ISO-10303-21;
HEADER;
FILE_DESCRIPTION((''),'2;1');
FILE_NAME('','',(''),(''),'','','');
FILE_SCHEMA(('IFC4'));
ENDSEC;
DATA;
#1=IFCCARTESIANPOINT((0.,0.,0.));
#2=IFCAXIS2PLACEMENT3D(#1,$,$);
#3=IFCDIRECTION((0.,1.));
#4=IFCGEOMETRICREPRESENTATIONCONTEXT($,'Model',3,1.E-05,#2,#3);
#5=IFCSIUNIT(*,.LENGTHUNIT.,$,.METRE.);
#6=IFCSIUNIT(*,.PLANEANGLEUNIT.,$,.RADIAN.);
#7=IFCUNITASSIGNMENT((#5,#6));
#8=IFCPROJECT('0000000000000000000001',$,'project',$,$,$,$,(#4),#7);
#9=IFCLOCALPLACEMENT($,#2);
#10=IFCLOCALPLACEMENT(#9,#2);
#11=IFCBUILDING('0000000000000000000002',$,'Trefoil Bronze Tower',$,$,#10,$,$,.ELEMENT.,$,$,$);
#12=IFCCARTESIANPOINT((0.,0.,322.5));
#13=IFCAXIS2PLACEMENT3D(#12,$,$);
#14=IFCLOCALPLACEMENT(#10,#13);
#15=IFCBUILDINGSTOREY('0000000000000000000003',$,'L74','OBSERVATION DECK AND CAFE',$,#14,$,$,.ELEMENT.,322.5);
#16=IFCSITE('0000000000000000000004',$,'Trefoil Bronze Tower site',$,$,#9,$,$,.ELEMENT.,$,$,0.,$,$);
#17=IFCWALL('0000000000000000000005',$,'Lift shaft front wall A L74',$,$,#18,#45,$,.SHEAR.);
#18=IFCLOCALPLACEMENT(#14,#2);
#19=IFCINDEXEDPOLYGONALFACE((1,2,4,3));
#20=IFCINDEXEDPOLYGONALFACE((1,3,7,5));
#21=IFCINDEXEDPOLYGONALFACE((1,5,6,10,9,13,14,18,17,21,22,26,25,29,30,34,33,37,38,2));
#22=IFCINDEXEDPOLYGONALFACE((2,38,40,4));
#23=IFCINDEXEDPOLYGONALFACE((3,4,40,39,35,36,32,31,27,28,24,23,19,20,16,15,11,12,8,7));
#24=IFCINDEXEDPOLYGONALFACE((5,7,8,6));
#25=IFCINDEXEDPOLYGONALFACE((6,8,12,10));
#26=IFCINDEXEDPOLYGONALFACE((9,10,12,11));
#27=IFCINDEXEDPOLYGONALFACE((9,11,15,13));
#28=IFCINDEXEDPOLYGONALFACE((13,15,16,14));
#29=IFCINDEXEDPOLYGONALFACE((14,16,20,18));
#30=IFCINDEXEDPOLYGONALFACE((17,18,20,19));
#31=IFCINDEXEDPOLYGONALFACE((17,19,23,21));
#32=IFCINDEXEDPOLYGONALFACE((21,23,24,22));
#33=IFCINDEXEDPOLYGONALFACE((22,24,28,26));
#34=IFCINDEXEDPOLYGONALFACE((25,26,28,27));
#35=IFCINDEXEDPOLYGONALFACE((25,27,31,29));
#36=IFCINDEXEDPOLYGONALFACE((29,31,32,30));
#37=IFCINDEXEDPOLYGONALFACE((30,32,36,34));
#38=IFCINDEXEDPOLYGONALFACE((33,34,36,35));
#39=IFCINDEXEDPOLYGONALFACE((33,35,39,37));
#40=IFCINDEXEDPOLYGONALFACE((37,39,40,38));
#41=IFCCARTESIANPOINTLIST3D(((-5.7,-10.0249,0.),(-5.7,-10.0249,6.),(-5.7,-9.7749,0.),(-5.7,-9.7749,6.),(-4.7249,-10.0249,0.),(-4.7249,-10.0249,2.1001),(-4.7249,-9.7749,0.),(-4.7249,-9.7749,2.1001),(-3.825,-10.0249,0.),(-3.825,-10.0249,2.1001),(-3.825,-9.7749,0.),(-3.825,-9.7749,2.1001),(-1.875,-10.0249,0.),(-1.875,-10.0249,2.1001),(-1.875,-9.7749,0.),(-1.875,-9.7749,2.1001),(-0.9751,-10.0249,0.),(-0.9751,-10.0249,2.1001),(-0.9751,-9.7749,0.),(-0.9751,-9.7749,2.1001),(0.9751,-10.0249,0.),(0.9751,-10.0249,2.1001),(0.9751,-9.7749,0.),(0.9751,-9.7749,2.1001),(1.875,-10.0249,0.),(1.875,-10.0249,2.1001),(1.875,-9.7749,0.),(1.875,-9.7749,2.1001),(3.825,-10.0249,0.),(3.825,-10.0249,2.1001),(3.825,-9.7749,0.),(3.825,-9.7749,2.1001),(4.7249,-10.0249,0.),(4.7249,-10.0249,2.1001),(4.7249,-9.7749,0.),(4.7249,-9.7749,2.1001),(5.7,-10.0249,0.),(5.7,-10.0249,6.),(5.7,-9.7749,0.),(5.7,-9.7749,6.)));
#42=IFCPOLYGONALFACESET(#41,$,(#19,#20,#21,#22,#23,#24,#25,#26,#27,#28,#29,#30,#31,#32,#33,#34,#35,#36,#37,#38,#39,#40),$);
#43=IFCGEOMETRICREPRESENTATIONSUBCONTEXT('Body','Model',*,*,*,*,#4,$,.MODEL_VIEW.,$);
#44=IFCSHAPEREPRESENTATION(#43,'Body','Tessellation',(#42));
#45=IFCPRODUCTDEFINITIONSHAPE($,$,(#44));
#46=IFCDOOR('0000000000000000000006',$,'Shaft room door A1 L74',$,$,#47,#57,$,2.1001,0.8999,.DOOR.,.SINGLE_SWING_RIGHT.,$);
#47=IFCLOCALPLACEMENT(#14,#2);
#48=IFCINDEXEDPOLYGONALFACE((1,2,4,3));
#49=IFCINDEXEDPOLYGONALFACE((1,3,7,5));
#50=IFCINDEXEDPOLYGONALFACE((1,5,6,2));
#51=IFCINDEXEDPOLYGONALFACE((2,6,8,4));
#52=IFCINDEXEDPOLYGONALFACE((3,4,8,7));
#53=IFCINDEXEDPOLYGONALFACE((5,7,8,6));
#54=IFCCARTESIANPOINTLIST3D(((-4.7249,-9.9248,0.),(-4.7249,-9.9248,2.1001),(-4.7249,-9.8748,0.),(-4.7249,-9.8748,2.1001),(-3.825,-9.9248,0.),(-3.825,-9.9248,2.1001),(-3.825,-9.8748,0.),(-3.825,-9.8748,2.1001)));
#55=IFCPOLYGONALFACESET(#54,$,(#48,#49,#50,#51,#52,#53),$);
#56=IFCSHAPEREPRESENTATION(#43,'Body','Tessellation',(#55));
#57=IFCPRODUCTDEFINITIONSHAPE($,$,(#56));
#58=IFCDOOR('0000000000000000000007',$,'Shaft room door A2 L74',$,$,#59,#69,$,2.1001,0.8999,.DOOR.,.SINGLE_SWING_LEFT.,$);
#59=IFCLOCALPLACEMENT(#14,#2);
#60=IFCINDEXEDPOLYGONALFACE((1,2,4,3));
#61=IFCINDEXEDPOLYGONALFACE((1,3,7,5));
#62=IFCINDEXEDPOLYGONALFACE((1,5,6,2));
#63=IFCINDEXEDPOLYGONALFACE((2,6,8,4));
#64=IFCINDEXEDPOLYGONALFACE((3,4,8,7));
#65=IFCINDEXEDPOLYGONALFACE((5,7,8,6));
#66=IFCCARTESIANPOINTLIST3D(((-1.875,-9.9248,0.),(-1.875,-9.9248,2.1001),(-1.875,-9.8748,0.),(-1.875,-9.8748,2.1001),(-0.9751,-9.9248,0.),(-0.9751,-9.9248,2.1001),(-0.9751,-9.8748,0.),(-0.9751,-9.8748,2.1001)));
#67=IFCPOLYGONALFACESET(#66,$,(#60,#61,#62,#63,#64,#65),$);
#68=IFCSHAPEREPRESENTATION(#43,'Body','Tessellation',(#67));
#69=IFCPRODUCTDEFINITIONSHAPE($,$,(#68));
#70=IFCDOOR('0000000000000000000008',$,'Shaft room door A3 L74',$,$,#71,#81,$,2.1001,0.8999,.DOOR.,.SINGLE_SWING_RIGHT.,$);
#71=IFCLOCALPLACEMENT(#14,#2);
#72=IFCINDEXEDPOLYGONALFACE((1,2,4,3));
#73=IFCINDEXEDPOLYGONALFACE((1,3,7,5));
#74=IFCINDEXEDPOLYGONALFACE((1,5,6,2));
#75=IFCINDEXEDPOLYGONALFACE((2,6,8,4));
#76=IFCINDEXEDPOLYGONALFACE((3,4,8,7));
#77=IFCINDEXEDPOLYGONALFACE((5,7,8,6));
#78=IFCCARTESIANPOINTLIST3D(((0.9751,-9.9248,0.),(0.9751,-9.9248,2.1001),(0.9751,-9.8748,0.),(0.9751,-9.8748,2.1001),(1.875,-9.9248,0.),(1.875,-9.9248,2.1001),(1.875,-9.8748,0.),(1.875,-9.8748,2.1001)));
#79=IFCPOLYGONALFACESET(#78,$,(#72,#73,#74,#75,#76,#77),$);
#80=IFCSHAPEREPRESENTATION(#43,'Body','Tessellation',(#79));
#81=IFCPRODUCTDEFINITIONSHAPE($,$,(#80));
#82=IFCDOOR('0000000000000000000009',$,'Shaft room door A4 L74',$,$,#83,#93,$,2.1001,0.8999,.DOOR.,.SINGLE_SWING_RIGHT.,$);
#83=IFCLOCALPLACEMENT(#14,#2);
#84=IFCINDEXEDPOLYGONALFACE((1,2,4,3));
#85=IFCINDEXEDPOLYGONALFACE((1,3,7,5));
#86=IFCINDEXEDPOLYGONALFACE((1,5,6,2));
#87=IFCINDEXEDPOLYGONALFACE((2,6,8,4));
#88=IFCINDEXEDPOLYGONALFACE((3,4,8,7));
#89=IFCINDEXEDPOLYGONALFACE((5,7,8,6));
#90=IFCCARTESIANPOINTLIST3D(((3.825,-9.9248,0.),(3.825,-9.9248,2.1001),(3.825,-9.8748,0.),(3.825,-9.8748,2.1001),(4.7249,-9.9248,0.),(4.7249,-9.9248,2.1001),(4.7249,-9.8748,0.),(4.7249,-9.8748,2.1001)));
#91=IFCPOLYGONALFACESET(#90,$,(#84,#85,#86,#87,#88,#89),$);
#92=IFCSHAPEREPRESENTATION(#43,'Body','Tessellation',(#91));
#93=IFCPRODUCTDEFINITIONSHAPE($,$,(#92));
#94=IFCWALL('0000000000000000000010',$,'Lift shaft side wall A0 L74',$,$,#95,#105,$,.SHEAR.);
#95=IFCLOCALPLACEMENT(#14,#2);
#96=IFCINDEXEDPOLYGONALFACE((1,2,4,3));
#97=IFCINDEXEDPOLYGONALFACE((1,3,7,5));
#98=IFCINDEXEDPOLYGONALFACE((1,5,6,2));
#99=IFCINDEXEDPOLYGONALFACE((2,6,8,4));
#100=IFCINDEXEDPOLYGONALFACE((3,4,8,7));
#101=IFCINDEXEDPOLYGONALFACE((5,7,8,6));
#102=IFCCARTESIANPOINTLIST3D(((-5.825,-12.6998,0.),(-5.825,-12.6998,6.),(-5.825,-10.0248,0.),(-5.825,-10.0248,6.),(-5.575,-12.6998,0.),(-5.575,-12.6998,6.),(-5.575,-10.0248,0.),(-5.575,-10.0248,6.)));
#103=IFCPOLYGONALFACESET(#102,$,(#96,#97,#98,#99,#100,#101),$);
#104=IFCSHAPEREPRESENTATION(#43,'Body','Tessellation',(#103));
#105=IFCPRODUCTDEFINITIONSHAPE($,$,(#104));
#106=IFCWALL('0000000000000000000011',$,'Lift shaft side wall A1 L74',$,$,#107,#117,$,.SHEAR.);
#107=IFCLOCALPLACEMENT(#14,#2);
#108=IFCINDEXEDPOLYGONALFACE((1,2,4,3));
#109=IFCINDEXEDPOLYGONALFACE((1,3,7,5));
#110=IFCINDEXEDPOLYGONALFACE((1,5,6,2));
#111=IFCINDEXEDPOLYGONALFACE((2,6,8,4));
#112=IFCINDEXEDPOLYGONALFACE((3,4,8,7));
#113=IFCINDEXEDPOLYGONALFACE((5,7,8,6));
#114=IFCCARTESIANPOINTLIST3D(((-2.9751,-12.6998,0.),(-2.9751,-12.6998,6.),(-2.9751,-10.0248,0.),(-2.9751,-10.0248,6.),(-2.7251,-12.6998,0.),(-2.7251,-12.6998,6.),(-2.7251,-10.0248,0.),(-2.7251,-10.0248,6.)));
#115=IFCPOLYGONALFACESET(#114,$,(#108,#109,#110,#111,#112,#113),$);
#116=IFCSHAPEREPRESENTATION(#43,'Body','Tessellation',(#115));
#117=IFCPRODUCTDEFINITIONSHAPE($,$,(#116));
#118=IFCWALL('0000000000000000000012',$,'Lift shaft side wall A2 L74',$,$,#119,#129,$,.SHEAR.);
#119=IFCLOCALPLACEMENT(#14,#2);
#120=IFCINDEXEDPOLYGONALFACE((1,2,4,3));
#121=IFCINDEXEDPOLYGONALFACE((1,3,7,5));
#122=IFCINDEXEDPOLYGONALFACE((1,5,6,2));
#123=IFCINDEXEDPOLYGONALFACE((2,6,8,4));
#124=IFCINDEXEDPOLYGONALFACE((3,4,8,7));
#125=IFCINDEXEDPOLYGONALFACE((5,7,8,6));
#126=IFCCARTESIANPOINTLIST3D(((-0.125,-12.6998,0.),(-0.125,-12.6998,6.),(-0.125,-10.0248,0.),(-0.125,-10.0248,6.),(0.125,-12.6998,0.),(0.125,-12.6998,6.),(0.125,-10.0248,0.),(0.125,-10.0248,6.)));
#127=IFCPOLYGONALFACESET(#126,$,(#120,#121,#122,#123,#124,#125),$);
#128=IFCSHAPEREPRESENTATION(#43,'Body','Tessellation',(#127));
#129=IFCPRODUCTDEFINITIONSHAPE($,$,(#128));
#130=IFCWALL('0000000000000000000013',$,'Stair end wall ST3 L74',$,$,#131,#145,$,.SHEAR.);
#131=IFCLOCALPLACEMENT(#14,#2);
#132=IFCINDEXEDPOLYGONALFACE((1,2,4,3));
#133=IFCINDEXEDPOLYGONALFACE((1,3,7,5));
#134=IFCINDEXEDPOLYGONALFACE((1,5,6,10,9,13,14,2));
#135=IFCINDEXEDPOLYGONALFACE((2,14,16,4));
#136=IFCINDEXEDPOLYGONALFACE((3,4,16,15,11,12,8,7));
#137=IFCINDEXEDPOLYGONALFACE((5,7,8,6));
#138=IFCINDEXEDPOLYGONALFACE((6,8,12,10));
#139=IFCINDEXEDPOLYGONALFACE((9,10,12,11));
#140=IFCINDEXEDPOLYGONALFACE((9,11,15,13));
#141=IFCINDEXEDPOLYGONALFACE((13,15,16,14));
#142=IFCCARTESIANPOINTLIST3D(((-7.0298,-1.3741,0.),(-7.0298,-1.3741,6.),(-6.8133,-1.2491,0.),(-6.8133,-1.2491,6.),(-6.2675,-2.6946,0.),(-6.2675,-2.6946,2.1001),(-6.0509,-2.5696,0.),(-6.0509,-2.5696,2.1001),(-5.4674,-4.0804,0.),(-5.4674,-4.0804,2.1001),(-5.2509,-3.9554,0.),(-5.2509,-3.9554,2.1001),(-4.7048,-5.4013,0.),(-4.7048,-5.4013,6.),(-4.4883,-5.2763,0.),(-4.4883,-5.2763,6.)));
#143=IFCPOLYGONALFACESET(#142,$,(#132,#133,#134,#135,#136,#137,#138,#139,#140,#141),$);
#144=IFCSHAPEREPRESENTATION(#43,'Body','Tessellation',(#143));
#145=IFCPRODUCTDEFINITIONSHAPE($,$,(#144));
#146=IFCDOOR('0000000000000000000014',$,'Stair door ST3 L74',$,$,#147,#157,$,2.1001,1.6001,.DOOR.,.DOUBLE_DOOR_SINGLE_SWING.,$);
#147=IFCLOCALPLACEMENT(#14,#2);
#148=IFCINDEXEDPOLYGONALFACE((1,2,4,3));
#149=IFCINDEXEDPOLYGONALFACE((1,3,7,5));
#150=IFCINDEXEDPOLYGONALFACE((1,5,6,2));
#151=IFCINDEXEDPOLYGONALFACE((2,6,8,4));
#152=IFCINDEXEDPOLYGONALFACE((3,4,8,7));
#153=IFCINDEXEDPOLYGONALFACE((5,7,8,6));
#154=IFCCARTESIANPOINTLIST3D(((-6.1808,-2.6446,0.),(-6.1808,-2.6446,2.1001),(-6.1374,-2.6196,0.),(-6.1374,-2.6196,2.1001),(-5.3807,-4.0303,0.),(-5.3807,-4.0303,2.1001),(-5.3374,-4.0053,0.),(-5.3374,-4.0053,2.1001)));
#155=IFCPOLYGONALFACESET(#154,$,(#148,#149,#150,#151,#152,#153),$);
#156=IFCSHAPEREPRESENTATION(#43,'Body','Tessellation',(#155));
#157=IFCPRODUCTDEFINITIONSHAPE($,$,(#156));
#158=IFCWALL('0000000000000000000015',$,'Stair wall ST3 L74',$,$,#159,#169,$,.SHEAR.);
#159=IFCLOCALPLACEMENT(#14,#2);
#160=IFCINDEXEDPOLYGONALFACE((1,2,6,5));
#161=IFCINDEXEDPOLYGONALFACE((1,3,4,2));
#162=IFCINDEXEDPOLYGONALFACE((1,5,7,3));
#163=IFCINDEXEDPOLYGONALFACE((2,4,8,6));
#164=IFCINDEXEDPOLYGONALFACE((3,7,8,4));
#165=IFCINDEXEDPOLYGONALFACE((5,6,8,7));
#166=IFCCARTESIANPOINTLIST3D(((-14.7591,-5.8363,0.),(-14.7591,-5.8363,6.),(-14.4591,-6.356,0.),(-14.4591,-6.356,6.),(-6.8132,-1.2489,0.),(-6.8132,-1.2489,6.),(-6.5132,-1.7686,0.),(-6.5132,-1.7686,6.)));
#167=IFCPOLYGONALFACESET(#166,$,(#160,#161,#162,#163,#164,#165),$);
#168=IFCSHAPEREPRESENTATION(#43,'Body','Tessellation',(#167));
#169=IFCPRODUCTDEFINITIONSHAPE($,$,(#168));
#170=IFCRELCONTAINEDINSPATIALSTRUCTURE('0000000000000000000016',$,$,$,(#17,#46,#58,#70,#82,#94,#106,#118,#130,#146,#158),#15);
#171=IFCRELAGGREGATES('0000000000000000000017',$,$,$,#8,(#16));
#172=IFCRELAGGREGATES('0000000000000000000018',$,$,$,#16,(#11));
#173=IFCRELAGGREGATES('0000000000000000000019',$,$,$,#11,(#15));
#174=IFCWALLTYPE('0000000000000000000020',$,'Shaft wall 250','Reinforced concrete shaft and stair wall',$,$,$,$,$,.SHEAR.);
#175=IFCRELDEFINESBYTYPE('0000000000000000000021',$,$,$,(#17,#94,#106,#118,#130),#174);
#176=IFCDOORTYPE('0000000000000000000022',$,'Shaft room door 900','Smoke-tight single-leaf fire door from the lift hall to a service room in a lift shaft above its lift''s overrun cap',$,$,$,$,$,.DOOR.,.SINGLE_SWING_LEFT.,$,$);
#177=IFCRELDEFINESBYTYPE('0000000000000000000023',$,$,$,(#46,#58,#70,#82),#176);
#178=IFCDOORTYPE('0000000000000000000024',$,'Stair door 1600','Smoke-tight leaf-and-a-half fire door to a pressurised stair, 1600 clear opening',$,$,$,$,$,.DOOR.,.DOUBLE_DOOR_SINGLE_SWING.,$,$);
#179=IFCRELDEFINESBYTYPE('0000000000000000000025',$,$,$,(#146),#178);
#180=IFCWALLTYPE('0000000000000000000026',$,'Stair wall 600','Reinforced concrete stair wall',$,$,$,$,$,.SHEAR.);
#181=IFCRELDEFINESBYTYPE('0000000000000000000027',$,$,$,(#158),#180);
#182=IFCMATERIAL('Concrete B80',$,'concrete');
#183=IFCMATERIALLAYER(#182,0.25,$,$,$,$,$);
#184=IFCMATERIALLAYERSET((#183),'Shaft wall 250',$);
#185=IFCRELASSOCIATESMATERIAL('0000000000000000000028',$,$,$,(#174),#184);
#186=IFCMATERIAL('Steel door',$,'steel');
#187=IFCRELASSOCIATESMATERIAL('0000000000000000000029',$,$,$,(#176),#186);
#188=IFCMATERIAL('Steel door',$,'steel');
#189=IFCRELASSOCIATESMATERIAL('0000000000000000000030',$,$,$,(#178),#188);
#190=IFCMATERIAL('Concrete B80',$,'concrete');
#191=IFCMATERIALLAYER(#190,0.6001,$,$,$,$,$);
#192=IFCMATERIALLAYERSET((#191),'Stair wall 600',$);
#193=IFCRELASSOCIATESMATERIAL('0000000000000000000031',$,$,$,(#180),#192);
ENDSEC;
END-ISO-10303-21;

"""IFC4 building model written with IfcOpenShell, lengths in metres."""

from ifc_helpers import new_model, si_unit, direction, frame, frame_2d, origin, place, context, subcontext, project, spatial, rectangle, extrude, material, layer, layer_set, type_object, element, fill, save


model = new_model("IFC4")

# Units and contexts
model_context = context("Model", 3, precision=1e-05, world=origin(), true_north=direction((0.0, 1.0)))
body_context = subcontext(model_context, "Body", "Model", "MODEL_VIEW")
ifc_project = project(units=[si_unit("LENGTHUNIT", "METRE"), si_unit("PLANEANGLEUNIT", "RADIAN")], contexts=[model_context])

# Site, building, storey
site_placement = place(None, origin())
site = spatial("IfcSite", under=ifc_project, at=site_placement, Name="Trefoil Bronze Tower site", CompositionType="ELEMENT", RefElevation=0.0)
building_placement = place(site_placement, origin())
building = spatial("IfcBuilding", under=site, at=building_placement, Name="Trefoil Bronze Tower", CompositionType="ELEMENT")
storey_placement = place(building_placement, frame((0.0, 0.0, 322.5)))
storey = spatial("IfcBuildingStorey", under=building, at=storey_placement, Name="L74", Description="OBSERVATION DECK AND CAFE", CompositionType="ELEMENT", Elevation=322.5)

# Wall, openings, doors
ifc_material_1 = material(Name="Concrete B80", Category="concrete")
ifc_layer_1 = layer(ifc_material_1, 0.25)
ifc_layer_set_1 = layer_set([ifc_layer_1], Name="Shaft wall 250")
wall_type_1 = type_object("IfcWallType", Name="Shaft wall 250", Description="Reinforced concrete shaft and stair wall", PredefinedType="SHEAR", material=ifc_layer_set_1)
wall_1_placement = place(storey_placement, frame((-5.7, -9.8999, 0.0), z_axis=(0.0, 0.0, 1.0), x_axis=(1.0, 0.0, 0.0)))
wall_1 = element("IfcWall", 1, at=wall_1_placement, inside=storey, type_object=wall_type_1, Name="Lift shaft front wall A L74", PredefinedType="SHEAR", context=body_context, shape_type="SweptSolid", body=[
    extrude(rectangle(XDim=11.3999, YDim=0.25, at=frame_2d((5.7, 0.0))), origin(), (0.0, 0.0, 1.0), 6.0),
])
opening_1_placement = place(wall_1_placement, frame((0.9751, 0.0, 0.0)))
opening_1 = element("IfcOpeningElement", 2, at=opening_1_placement, cuts=wall_1, PredefinedType="OPENING", context=body_context, shape_type="SweptSolid", body=[
    extrude(rectangle(XDim=0.8999, YDim=2.1001, at=frame_2d((0.45, 1.05))), frame((0.0, 0.135, 0.0), z_axis=(0.0, -1.0, 0.0), x_axis=(1.0, 0.0, 0.0)), (0.0, 0.0, 1.0), 0.27),
])
opening_2_placement = place(wall_1_placement, frame((3.825, 0.0, 0.0)))
opening_2 = element("IfcOpeningElement", 3, at=opening_2_placement, cuts=wall_1, PredefinedType="OPENING", context=body_context, shape_type="SweptSolid", body=[
    extrude(rectangle(XDim=0.8999, YDim=2.1001, at=frame_2d((0.45, 1.05))), frame((0.0, 0.135, 0.0), z_axis=(0.0, -1.0, 0.0), x_axis=(1.0, 0.0, 0.0)), (0.0, 0.0, 1.0), 0.27),
])
opening_3_placement = place(wall_1_placement, frame((6.675, 0.0, 0.0)))
opening_3 = element("IfcOpeningElement", 4, at=opening_3_placement, cuts=wall_1, PredefinedType="OPENING", context=body_context, shape_type="SweptSolid", body=[
    extrude(rectangle(XDim=0.8999, YDim=2.1001, at=frame_2d((0.45, 1.05))), frame((0.0, 0.135, 0.0), z_axis=(0.0, -1.0, 0.0), x_axis=(1.0, 0.0, 0.0)), (0.0, 0.0, 1.0), 0.27),
])
opening_4_placement = place(wall_1_placement, frame((9.5249, 0.0, 0.0)))
opening_4 = element("IfcOpeningElement", 5, at=opening_4_placement, cuts=wall_1, PredefinedType="OPENING", context=body_context, shape_type="SweptSolid", body=[
    extrude(rectangle(XDim=0.8999, YDim=2.1001, at=frame_2d((0.45, 1.05))), frame((0.0, 0.135, 0.0), z_axis=(0.0, -1.0, 0.0), x_axis=(1.0, 0.0, 0.0)), (0.0, 0.0, 1.0), 0.27),
])
ifc_material_2 = material(Name="Steel door", Category="steel")
door_type_1 = type_object("IfcDoorType", Name="Shaft room door 900", Description="Smoke-tight single-leaf fire door from the lift hall to a service room in a lift shaft above its lift's overrun cap", OperationType="SINGLE_SWING_LEFT", PredefinedType="DOOR", material=ifc_material_2)
door_1_placement = place(opening_1_placement, frame((0.8999, 0.0, 0.0), z_axis=(0.0, 0.0, 1.0), x_axis=(-1.0, 0.0, 0.0)))
door_1 = element("IfcDoor", 6, at=door_1_placement, inside=storey, type_object=door_type_1, Name="Shaft room door A1 L74", OperationType="SINGLE_SWING_RIGHT", OverallHeight=2.1001, OverallWidth=0.8999, PredefinedType="DOOR", context=body_context, shape_type="SweptSolid", body=[
    extrude(rectangle(XDim=0.8999, YDim=2.1001, at=frame_2d((0.45, 1.05))), frame((0.0, 0.0249, 0.0), z_axis=(0.0, -1.0, 0.0), x_axis=(1.0, 0.0, 0.0)), (0.0, 0.0, 1.0), 0.05),
])
fill(opening_1, door_1)
door_2_placement = place(opening_2_placement, frame((0.8999, 0.0, 0.0), z_axis=(0.0, 0.0, 1.0), x_axis=(-1.0, 0.0, 0.0)))
door_2 = element("IfcDoor", 7, at=door_2_placement, inside=storey, type_object=door_type_1, Name="Shaft room door A2 L74", OperationType="SINGLE_SWING_LEFT", OverallHeight=2.1001, OverallWidth=0.8999, PredefinedType="DOOR", context=body_context, shape_type="SweptSolid", body=[
    extrude(rectangle(XDim=0.8999, YDim=2.1001, at=frame_2d((0.45, 1.05))), frame((0.0, 0.0249, 0.0), z_axis=(0.0, -1.0, 0.0), x_axis=(1.0, 0.0, 0.0)), (0.0, 0.0, 1.0), 0.05),
])
fill(opening_2, door_2)
door_3_placement = place(opening_3_placement, frame((0.8999, 0.0, 0.0), z_axis=(0.0, 0.0, 1.0), x_axis=(-1.0, 0.0, 0.0)))
door_3 = element("IfcDoor", 8, at=door_3_placement, inside=storey, type_object=door_type_1, Name="Shaft room door A3 L74", OperationType="SINGLE_SWING_RIGHT", OverallHeight=2.1001, OverallWidth=0.8999, PredefinedType="DOOR", context=body_context, shape_type="SweptSolid", body=[
    extrude(rectangle(XDim=0.8999, YDim=2.1001, at=frame_2d((0.45, 1.05))), frame((0.0, 0.0249, 0.0), z_axis=(0.0, -1.0, 0.0), x_axis=(1.0, 0.0, 0.0)), (0.0, 0.0, 1.0), 0.05),
])
fill(opening_3, door_3)
door_4_placement = place(opening_4_placement, frame((0.8999, 0.0, 0.0), z_axis=(0.0, 0.0, 1.0), x_axis=(-1.0, 0.0, 0.0)))
door_4 = element("IfcDoor", 9, at=door_4_placement, inside=storey, type_object=door_type_1, Name="Shaft room door A4 L74", OperationType="SINGLE_SWING_RIGHT", OverallHeight=2.1001, OverallWidth=0.8999, PredefinedType="DOOR", context=body_context, shape_type="SweptSolid", body=[
    extrude(rectangle(XDim=0.8999, YDim=2.1001, at=frame_2d((0.45, 1.05))), frame((0.0, 0.0249, 0.0), z_axis=(0.0, -1.0, 0.0), x_axis=(1.0, 0.0, 0.0)), (0.0, 0.0, 1.0), 0.05),
])
fill(opening_4, door_4)

# Walls
for number, where, z_axis, x_axis, name in (
    (10, (-5.7, -10.0249, 0.0), (0.0, 0.0, 1.0), (0.0, -1.0, 0.0), "Lift shaft side wall A0 L74"),
    (11, (-2.8501, -10.0249, 0.0), (0.0, 0.0, 1.0), (0.0, -1.0, 0.0), "Lift shaft side wall A1 L74"),
    (12, (0.0, -10.0249, 0.0), (0.0, 0.0, 1.0), (0.0, -1.0, 0.0), "Lift shaft side wall A2 L74"),
):
    element("IfcWall", number, at=place(storey_placement, frame(where, z_axis=z_axis, x_axis=x_axis)), inside=storey, type_object=wall_type_1, Name=name, PredefinedType="SHEAR", context=body_context, shape_type="SweptSolid", body=[
        extrude(rectangle(XDim=2.675, YDim=0.25, at=frame_2d((1.3374, 0.0))), origin(), (0.0, 0.0, 1.0), 6.0),
    ])

# Wall, opening, door
wall_2_placement = place(storey_placement, frame((-6.9216, -1.3115, 0.0), z_axis=(0.0, 0.0, 1.0), x_axis=(0.499985, -0.866034, 0.0)))
wall_2 = element("IfcWall", 13, at=wall_2_placement, inside=storey, type_object=wall_type_1, Name="Stair end wall ST3 L74", PredefinedType="SHEAR", context=body_context, shape_type="SweptSolid", body=[
    extrude(rectangle(XDim=4.6501, YDim=0.25, at=frame_2d((2.3252, 0.0))), origin(), (0.0, 0.0, 1.0), 6.0),
])
opening_5_placement = place(wall_2_placement, frame((1.5249, 0.0, 0.0)))
opening_5 = element("IfcOpeningElement", 14, at=opening_5_placement, cuts=wall_2, PredefinedType="OPENING", context=body_context, shape_type="SweptSolid", body=[
    extrude(rectangle(XDim=1.6001, YDim=2.1001, at=frame_2d((0.8, 1.05))), frame((0.0, 0.135, 0.0), z_axis=(0.0, -1.0, 0.0), x_axis=(1.0, 0.0, 0.0)), (0.0, 0.0, 1.0), 0.27),
])
ifc_material_3 = material(Name="Steel door", Category="steel")
door_type_2 = type_object("IfcDoorType", Name="Stair door 1600", Description="Smoke-tight leaf-and-a-half fire door to a pressurised stair, 1600 clear opening", OperationType="DOUBLE_DOOR_SINGLE_SWING", PredefinedType="DOOR", material=ifc_material_3)
door_5_placement = place(opening_5_placement, frame((1.6001, 0.0, 0.0), z_axis=(0.0, 0.0, 1.0), x_axis=(-1.0, 0.0, 0.0)))
door_5 = element("IfcDoor", 15, at=door_5_placement, inside=storey, type_object=door_type_2, Name="Stair door ST3 L74", OperationType="DOUBLE_DOOR_SINGLE_SWING", OverallHeight=2.1001, OverallWidth=1.6001, PredefinedType="DOOR", context=body_context, shape_type="SweptSolid", body=[
    extrude(rectangle(XDim=1.6001, YDim=2.1001, at=frame_2d((0.8, 1.05))), frame((0.0, 0.0249, 0.0), z_axis=(0.0, -1.0, 0.0), x_axis=(1.0, 0.0, 0.0)), (0.0, 0.0, 1.0), 0.05),
])
fill(opening_5, door_5)

# Wall
ifc_material_4 = material(Name="Concrete B80", Category="concrete")
ifc_layer_2 = layer(ifc_material_4, 0.6001)
ifc_layer_set_2 = layer_set([ifc_layer_2], Name="Stair wall 600")
wall_type_2 = type_object("IfcWallType", Name="Stair wall 600", Description="Reinforced concrete stair wall", PredefinedType="SHEAR", material=ifc_layer_set_2)
wall_3_placement = place(storey_placement, frame((-6.6633, -1.5088, 0.0), z_axis=(0.0, 0.0, 1.0), x_axis=(-0.86603, -0.499991, 0.0)))
element("IfcWall", 16, at=wall_3_placement, inside=storey, type_object=wall_type_2, Name="Stair wall ST3 L74", PredefinedType="SHEAR", context=body_context, shape_type="SweptSolid", body=[
    extrude(rectangle(XDim=9.175, YDim=0.6001, at=frame_2d((4.5874, 0.0))), origin(), (0.0, 0.0, 1.0), 6.0),
])

save(model, "model.ifc")
